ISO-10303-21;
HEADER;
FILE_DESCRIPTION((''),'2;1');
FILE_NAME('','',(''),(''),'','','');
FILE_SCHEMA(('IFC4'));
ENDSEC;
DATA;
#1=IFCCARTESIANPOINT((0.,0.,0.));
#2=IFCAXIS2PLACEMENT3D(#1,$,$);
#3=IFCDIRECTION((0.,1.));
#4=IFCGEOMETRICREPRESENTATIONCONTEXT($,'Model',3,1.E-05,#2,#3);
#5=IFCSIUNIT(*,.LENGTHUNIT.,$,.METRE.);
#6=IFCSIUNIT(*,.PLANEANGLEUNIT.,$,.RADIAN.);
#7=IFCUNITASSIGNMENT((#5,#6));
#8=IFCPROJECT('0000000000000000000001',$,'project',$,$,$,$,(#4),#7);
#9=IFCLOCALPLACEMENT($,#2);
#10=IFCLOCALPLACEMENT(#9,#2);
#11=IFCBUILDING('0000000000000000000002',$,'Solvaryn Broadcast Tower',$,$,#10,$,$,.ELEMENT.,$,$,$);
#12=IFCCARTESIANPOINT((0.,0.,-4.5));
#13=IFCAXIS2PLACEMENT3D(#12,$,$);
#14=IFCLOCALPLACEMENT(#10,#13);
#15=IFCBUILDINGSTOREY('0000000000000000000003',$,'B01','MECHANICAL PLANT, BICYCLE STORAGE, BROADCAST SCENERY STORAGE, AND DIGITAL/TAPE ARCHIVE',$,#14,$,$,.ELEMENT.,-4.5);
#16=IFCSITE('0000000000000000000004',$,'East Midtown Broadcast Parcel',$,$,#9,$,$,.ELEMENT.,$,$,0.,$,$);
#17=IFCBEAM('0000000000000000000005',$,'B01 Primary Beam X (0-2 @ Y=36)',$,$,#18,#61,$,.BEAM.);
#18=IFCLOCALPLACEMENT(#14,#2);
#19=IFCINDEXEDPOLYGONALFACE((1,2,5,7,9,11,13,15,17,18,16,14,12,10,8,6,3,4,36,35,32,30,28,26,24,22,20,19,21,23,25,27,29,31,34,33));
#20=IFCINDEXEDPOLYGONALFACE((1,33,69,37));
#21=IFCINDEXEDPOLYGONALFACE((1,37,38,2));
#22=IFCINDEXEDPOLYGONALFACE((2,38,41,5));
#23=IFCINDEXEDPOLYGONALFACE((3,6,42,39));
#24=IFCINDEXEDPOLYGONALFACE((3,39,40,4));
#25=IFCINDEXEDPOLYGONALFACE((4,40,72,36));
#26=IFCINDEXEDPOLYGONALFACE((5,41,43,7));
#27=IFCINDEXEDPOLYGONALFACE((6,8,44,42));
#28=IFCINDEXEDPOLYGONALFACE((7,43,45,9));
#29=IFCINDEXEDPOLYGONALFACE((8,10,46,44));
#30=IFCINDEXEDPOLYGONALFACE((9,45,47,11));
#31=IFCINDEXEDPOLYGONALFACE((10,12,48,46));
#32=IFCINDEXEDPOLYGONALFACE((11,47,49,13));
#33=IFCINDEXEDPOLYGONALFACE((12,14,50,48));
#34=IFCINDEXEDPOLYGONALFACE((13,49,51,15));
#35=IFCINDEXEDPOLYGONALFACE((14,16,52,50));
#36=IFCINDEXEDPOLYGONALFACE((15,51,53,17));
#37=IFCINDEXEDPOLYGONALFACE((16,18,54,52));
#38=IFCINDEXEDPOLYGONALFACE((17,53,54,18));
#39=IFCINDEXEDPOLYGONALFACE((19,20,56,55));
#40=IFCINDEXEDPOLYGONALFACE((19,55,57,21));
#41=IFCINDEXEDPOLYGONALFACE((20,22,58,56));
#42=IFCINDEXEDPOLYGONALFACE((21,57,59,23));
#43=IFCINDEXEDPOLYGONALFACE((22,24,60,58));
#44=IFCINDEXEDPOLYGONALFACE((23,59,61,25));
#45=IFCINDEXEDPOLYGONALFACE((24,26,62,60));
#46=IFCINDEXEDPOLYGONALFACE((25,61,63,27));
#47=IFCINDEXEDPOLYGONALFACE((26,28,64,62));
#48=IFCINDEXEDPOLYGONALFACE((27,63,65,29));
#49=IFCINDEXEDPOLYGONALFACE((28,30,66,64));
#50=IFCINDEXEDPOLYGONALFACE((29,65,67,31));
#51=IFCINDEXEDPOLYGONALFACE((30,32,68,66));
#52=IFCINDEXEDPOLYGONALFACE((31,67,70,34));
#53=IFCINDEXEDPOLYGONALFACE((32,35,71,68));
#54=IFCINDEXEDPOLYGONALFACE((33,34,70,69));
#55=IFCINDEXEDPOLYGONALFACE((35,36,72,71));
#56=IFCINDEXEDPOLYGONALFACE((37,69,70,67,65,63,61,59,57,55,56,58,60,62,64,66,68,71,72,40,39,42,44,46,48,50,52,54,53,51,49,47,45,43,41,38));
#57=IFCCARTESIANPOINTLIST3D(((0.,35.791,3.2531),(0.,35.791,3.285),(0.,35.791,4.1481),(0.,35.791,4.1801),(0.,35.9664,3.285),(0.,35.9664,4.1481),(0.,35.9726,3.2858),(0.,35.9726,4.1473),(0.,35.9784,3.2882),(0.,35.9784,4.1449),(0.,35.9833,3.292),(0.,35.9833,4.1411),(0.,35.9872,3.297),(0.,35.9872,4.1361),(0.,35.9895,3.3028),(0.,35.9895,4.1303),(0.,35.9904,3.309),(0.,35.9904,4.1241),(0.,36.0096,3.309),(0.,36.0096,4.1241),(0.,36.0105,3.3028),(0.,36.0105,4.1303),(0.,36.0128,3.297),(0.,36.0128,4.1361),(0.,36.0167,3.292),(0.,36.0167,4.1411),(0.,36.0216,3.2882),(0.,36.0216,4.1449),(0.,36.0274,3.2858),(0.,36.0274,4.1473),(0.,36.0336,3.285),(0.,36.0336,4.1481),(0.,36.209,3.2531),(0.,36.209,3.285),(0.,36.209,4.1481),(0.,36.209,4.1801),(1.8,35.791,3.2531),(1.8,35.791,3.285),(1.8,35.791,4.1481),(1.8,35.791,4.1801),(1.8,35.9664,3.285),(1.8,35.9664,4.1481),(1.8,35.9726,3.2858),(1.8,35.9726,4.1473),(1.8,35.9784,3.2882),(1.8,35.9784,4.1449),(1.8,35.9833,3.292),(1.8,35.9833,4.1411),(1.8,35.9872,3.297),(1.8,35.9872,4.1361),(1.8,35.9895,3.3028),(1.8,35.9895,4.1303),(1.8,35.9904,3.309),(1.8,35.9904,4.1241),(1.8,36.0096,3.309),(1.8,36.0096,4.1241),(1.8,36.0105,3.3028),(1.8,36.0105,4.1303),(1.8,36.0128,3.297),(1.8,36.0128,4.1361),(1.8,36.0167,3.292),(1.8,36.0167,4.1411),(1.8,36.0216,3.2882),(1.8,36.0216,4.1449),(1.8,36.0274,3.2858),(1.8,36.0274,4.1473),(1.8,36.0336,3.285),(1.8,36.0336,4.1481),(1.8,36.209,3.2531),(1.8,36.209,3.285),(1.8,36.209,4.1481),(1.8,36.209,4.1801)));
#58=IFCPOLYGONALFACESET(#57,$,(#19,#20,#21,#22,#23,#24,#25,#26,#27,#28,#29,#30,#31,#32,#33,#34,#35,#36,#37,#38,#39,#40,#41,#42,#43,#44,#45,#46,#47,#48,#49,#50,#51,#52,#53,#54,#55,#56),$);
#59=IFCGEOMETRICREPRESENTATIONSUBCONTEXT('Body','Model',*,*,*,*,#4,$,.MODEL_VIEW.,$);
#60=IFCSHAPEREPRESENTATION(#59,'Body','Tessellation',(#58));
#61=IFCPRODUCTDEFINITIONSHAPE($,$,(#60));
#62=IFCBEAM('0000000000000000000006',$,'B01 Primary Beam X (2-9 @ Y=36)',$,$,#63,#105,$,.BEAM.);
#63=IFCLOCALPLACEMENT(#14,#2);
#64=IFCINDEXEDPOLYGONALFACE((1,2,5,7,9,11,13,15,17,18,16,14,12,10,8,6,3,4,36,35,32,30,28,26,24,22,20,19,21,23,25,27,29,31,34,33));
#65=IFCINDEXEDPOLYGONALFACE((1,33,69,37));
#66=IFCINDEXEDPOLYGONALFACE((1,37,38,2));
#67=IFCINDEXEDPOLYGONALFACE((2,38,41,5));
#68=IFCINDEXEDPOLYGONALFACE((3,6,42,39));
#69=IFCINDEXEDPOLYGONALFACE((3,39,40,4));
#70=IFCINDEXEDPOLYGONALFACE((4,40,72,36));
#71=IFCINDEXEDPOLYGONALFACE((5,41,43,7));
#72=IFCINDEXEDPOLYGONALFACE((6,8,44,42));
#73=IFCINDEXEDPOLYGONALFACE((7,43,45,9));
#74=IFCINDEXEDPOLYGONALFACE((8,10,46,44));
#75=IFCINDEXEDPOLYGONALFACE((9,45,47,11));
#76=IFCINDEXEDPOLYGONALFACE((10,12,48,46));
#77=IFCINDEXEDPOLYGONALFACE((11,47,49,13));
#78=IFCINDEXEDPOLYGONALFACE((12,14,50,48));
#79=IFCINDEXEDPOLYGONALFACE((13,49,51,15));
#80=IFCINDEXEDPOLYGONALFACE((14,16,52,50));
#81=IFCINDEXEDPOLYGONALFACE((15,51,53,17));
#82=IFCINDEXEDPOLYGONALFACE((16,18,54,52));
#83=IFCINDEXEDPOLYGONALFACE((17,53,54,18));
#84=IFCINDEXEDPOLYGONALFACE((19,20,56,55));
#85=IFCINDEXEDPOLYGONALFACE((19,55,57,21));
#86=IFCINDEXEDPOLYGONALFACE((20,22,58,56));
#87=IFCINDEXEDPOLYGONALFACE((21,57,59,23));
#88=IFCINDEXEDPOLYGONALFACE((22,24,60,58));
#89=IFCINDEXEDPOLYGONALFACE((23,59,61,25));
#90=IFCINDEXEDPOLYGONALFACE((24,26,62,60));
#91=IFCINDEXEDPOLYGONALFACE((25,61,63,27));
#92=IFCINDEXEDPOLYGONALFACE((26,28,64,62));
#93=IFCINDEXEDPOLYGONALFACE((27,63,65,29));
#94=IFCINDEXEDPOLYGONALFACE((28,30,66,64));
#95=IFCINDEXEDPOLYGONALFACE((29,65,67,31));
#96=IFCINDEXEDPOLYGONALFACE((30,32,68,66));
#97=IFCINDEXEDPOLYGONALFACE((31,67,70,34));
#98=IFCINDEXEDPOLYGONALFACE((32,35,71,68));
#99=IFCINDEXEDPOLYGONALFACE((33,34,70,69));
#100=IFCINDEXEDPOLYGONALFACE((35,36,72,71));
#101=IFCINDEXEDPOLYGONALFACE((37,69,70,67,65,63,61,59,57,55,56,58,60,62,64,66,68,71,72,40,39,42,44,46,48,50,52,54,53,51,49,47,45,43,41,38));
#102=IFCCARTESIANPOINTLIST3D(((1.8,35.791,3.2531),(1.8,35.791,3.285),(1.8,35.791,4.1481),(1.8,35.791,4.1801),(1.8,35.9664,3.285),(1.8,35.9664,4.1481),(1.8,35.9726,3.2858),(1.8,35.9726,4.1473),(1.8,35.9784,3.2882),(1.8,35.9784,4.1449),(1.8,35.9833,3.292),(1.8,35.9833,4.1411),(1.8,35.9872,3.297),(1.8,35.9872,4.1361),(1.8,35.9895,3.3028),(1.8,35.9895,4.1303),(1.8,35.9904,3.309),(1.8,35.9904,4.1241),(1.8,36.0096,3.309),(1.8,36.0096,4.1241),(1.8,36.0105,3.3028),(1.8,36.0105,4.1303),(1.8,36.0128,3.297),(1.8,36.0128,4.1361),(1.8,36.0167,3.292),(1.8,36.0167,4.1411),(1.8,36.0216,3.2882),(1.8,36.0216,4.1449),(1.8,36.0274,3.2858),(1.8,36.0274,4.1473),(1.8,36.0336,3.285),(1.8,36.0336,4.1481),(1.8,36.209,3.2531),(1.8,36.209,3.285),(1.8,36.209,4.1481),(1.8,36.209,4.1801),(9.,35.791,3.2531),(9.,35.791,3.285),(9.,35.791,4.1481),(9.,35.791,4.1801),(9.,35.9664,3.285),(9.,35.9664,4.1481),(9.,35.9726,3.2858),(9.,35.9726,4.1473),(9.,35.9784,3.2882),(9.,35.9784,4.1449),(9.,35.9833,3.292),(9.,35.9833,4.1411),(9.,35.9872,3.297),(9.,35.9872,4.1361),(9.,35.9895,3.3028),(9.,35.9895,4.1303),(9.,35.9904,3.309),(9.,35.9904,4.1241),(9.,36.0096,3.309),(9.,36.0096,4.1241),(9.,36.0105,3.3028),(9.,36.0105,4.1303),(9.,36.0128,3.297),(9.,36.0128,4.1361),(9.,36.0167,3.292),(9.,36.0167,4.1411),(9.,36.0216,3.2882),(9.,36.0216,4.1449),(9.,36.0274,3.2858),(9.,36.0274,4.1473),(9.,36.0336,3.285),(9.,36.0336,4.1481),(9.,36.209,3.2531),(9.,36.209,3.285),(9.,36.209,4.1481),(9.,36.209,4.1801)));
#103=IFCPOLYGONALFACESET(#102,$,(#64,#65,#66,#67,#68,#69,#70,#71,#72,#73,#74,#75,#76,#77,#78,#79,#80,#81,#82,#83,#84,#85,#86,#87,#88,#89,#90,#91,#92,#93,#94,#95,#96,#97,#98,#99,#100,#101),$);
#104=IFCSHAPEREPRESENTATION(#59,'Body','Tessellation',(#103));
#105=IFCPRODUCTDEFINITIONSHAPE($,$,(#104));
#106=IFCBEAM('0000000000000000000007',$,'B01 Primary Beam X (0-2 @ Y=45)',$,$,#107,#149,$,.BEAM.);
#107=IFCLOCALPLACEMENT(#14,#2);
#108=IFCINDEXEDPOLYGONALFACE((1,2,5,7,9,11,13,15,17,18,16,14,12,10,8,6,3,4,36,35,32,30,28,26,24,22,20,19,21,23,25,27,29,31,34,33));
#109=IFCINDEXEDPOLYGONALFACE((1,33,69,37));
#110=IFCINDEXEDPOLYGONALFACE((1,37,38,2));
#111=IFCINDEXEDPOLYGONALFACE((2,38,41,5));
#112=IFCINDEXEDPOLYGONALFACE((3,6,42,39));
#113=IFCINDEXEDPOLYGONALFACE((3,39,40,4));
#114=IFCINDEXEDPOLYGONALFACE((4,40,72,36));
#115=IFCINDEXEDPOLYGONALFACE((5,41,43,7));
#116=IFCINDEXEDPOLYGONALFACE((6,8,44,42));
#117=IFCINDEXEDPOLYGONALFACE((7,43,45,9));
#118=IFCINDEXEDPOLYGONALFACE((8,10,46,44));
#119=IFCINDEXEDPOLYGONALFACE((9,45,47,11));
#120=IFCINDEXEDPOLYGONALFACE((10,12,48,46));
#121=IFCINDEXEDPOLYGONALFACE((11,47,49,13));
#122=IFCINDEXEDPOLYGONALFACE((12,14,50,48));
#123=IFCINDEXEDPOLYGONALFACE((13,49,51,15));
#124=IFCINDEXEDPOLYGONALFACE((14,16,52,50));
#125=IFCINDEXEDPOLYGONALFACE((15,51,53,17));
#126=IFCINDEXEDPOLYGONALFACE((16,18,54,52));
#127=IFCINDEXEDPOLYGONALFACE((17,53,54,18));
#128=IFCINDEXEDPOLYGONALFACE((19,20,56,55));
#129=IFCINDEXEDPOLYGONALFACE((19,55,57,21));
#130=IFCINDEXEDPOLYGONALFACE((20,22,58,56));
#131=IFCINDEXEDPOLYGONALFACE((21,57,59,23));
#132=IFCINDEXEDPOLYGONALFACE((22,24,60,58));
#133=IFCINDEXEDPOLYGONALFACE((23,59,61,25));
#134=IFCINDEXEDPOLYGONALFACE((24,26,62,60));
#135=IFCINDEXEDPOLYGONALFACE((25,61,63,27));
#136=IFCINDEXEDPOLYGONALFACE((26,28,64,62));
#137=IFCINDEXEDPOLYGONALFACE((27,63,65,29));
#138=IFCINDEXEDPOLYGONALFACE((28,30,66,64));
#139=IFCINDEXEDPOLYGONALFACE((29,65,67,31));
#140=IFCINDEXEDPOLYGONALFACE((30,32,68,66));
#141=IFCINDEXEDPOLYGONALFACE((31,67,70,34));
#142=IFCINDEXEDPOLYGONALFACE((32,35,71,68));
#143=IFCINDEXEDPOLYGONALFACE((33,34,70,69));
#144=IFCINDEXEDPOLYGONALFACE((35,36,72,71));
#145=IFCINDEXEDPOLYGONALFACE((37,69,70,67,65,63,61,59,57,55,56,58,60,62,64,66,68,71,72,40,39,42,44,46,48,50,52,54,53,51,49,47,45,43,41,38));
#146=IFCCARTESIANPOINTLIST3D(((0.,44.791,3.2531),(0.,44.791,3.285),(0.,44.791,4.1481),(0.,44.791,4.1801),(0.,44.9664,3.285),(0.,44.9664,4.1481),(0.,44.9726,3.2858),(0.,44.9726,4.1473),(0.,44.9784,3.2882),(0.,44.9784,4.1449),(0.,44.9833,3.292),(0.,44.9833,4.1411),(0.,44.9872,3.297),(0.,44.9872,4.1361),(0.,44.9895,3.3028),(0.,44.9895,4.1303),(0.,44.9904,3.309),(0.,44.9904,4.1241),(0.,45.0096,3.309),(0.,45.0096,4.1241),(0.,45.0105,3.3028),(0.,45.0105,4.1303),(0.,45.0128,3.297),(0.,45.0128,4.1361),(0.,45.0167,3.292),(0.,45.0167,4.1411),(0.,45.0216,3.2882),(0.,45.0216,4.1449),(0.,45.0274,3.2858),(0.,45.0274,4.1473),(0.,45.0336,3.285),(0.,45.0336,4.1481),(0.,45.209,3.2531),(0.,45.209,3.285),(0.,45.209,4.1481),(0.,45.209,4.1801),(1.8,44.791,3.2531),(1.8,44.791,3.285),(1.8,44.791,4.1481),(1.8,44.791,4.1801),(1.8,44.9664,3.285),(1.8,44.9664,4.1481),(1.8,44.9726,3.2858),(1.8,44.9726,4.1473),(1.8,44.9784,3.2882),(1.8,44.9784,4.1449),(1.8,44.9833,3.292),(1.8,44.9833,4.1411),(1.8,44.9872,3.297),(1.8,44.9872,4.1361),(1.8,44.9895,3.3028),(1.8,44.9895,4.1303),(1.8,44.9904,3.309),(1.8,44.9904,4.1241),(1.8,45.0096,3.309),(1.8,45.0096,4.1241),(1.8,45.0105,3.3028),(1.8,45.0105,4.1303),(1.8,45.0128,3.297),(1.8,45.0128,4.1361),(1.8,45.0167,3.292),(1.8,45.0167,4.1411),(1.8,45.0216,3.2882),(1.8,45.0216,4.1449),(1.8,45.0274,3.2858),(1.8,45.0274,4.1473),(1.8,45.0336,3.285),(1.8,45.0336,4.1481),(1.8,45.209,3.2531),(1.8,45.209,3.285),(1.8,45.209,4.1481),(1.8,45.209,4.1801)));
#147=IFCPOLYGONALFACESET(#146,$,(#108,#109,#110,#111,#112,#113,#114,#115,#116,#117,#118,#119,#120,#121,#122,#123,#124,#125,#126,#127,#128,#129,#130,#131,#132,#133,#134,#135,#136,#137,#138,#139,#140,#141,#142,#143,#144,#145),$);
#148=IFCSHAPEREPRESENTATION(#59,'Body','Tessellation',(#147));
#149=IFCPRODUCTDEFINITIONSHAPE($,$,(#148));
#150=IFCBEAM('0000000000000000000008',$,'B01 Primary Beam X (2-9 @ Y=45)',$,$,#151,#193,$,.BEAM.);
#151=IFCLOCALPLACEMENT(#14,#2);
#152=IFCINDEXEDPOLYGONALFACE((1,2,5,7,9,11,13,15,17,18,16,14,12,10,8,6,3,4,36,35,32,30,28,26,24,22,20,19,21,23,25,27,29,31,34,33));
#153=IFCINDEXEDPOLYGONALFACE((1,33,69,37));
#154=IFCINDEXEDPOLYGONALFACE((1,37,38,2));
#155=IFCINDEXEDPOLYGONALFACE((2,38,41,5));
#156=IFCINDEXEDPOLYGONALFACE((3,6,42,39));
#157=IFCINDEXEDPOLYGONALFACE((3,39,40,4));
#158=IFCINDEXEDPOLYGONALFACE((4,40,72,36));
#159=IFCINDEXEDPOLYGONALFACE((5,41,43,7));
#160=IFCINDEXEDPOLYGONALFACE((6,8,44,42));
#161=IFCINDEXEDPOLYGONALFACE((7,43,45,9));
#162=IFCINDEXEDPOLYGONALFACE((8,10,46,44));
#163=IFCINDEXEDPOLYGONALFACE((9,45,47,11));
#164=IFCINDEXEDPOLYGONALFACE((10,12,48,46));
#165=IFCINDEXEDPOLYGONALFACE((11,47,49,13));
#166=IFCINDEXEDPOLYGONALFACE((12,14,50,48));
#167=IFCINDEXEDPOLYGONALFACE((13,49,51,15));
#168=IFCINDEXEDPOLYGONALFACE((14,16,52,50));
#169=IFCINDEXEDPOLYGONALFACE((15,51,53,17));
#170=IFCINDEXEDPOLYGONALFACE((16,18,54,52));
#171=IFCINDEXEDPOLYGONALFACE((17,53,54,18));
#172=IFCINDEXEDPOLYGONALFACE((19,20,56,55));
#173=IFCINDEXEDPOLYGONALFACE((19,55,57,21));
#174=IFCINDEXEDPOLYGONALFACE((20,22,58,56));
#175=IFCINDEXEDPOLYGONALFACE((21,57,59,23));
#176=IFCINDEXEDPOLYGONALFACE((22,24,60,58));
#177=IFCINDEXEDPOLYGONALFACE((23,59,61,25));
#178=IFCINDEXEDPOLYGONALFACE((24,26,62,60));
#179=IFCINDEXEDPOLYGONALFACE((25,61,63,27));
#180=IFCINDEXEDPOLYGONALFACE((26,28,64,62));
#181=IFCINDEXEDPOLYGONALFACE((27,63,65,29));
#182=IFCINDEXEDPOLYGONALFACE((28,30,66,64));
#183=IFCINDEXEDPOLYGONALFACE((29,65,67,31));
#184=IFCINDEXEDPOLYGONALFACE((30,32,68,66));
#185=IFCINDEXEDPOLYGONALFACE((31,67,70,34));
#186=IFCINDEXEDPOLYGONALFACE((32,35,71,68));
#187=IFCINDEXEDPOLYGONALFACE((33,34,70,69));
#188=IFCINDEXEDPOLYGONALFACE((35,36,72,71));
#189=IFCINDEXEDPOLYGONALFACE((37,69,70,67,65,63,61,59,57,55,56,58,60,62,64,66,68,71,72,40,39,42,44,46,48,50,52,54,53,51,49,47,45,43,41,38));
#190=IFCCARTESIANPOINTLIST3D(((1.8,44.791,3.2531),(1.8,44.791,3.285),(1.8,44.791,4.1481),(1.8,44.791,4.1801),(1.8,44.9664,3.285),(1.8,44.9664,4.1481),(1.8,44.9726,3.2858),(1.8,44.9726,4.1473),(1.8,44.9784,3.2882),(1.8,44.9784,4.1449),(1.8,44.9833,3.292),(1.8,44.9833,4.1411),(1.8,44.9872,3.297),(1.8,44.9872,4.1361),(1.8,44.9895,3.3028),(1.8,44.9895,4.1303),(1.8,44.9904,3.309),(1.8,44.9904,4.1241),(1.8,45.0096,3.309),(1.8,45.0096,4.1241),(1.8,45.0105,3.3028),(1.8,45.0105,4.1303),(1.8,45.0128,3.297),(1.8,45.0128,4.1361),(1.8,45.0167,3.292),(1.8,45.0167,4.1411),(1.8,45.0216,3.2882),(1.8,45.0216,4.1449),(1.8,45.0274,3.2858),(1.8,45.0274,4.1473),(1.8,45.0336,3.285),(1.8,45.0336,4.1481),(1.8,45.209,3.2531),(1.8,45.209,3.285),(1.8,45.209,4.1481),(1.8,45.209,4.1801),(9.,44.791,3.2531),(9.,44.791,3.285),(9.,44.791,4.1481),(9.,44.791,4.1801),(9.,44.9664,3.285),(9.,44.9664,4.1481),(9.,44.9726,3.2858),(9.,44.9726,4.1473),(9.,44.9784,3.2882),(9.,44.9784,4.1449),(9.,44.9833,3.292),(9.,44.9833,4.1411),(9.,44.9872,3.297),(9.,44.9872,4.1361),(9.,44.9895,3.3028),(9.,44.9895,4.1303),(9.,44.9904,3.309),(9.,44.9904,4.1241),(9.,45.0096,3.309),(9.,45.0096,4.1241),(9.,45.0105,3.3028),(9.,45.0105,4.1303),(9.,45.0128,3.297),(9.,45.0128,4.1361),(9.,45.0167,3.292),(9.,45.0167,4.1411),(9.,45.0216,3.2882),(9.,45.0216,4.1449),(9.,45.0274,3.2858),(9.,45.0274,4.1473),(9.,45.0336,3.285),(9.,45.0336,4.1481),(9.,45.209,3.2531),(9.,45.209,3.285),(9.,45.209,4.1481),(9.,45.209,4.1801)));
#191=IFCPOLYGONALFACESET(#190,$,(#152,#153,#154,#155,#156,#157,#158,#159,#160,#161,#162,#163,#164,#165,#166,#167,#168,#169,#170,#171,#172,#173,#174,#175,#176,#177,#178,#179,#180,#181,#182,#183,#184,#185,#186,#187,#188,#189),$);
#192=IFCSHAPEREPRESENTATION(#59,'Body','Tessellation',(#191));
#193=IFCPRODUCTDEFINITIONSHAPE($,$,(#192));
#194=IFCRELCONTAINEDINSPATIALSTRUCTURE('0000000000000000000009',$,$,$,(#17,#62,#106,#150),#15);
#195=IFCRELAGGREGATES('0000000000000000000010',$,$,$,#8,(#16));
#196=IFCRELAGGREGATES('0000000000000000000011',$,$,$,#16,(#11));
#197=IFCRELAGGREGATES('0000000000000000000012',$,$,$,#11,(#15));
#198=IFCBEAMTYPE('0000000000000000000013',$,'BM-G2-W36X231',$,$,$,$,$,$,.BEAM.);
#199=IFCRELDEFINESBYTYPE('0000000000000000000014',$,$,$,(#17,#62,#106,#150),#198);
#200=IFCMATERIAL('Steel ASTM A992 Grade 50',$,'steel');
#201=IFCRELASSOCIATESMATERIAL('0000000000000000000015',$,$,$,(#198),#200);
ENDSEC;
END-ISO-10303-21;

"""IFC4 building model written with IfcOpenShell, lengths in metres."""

from ifc_helpers import new_model, si_unit, direction, frame, origin, origin_2d, place, context, subcontext, project, spatial, i_section, extrude, material, material_profile, profile_set, type_object, element, save


model = new_model("IFC4")

# Units and contexts
model_context = context("Model", 3, precision=1e-05, world=origin(), true_north=direction((0.0, 1.0)))
body_context = subcontext(model_context, "Body", "Model", "MODEL_VIEW")
ifc_project = project(units=[si_unit("LENGTHUNIT", "METRE"), si_unit("PLANEANGLEUNIT", "RADIAN")], contexts=[model_context])

# Site, building, storey
site_placement = place(None, origin())
site = spatial("IfcSite", under=ifc_project, at=site_placement, Name="East Midtown Broadcast Parcel", CompositionType="ELEMENT", RefElevation=0.0)
building_placement = place(site_placement, origin())
building = spatial("IfcBuilding", under=site, at=building_placement, Name="Solvaryn Broadcast Tower", CompositionType="ELEMENT")
storey_placement = place(building_placement, frame((0.0, 0.0, -4.5)))
storey = spatial("IfcBuildingStorey", under=building, at=storey_placement, Name="B01", Description="MECHANICAL PLANT, BICYCLE STORAGE, BROADCAST SCENERY STORAGE, AND DIGITAL/TAPE ARCHIVE", CompositionType="ELEMENT", Elevation=-4.5)

# Beams
ifc_material_1 = material(Name="Steel ASTM A992 Grade 50", Category="steel")
ifc_material_profile_1 = material_profile(ifc_material_1, i_section(OverallWidth=0.418, OverallDepth=0.927, WebThickness=0.0193, FlangeThickness=0.032, FilletRadius=0.0239, at=origin_2d()))
ifc_profile_set_1 = profile_set([ifc_material_profile_1], Name="Steel ASTM A992 Grade 50")
beam_type_1 = type_object("IfcBeamType", Name="BM-G2-W36X231", PredefinedType="BEAM", material=ifc_profile_set_1)
beam_1_placement = place(storey_placement, frame((0.0, 36.0, 3.7166), z_axis=(1.0, 0.0, 0.0), x_axis=(0.0, 1.0, 0.0)))
element("IfcBeam", 1, at=beam_1_placement, inside=storey, type_object=beam_type_1, Name="B01 Primary Beam X (0-2 @ Y=36)", PredefinedType="BEAM", context=body_context, shape_type="SweptSolid", body=[
    extrude(i_section(OverallWidth=0.418, OverallDepth=0.927, WebThickness=0.0193, FlangeThickness=0.032, FilletRadius=0.0239, at=origin_2d()), origin(), (0.0, 0.0, 1.0), 1.8),
])
beam_2_placement = place(storey_placement, frame((1.8, 36.0, 3.7166), z_axis=(1.0, 0.0, 0.0), x_axis=(0.0, 1.0, 0.0)))
element("IfcBeam", 2, at=beam_2_placement, inside=storey, type_object=beam_type_1, Name="B01 Primary Beam X (2-9 @ Y=36)", PredefinedType="BEAM", context=body_context, shape_type="SweptSolid", body=[
    extrude(i_section(OverallWidth=0.418, OverallDepth=0.927, WebThickness=0.0193, FlangeThickness=0.032, FilletRadius=0.0239, at=origin_2d()), origin(), (0.0, 0.0, 1.0), 7.2),
])
beam_3_placement = place(storey_placement, frame((0.0, 45.0, 3.7166), z_axis=(1.0, 0.0, 0.0), x_axis=(0.0, 1.0, 0.0)))
element("IfcBeam", 3, at=beam_3_placement, inside=storey, type_object=beam_type_1, Name="B01 Primary Beam X (0-2 @ Y=45)", PredefinedType="BEAM", context=body_context, shape_type="SweptSolid", body=[
    extrude(i_section(OverallWidth=0.418, OverallDepth=0.927, WebThickness=0.0193, FlangeThickness=0.032, FilletRadius=0.0239, at=origin_2d()), origin(), (0.0, 0.0, 1.0), 1.8),
])
beam_4_placement = place(storey_placement, frame((1.8, 45.0, 3.7166), z_axis=(1.0, 0.0, 0.0), x_axis=(0.0, 1.0, 0.0)))
element("IfcBeam", 4, at=beam_4_placement, inside=storey, type_object=beam_type_1, Name="B01 Primary Beam X (2-9 @ Y=45)", PredefinedType="BEAM", context=body_context, shape_type="SweptSolid", body=[
    extrude(i_section(OverallWidth=0.418, OverallDepth=0.927, WebThickness=0.0193, FlangeThickness=0.032, FilletRadius=0.0239, at=origin_2d()), origin(), (0.0, 0.0, 1.0), 7.2),
])

save(model, "model.ifc")
